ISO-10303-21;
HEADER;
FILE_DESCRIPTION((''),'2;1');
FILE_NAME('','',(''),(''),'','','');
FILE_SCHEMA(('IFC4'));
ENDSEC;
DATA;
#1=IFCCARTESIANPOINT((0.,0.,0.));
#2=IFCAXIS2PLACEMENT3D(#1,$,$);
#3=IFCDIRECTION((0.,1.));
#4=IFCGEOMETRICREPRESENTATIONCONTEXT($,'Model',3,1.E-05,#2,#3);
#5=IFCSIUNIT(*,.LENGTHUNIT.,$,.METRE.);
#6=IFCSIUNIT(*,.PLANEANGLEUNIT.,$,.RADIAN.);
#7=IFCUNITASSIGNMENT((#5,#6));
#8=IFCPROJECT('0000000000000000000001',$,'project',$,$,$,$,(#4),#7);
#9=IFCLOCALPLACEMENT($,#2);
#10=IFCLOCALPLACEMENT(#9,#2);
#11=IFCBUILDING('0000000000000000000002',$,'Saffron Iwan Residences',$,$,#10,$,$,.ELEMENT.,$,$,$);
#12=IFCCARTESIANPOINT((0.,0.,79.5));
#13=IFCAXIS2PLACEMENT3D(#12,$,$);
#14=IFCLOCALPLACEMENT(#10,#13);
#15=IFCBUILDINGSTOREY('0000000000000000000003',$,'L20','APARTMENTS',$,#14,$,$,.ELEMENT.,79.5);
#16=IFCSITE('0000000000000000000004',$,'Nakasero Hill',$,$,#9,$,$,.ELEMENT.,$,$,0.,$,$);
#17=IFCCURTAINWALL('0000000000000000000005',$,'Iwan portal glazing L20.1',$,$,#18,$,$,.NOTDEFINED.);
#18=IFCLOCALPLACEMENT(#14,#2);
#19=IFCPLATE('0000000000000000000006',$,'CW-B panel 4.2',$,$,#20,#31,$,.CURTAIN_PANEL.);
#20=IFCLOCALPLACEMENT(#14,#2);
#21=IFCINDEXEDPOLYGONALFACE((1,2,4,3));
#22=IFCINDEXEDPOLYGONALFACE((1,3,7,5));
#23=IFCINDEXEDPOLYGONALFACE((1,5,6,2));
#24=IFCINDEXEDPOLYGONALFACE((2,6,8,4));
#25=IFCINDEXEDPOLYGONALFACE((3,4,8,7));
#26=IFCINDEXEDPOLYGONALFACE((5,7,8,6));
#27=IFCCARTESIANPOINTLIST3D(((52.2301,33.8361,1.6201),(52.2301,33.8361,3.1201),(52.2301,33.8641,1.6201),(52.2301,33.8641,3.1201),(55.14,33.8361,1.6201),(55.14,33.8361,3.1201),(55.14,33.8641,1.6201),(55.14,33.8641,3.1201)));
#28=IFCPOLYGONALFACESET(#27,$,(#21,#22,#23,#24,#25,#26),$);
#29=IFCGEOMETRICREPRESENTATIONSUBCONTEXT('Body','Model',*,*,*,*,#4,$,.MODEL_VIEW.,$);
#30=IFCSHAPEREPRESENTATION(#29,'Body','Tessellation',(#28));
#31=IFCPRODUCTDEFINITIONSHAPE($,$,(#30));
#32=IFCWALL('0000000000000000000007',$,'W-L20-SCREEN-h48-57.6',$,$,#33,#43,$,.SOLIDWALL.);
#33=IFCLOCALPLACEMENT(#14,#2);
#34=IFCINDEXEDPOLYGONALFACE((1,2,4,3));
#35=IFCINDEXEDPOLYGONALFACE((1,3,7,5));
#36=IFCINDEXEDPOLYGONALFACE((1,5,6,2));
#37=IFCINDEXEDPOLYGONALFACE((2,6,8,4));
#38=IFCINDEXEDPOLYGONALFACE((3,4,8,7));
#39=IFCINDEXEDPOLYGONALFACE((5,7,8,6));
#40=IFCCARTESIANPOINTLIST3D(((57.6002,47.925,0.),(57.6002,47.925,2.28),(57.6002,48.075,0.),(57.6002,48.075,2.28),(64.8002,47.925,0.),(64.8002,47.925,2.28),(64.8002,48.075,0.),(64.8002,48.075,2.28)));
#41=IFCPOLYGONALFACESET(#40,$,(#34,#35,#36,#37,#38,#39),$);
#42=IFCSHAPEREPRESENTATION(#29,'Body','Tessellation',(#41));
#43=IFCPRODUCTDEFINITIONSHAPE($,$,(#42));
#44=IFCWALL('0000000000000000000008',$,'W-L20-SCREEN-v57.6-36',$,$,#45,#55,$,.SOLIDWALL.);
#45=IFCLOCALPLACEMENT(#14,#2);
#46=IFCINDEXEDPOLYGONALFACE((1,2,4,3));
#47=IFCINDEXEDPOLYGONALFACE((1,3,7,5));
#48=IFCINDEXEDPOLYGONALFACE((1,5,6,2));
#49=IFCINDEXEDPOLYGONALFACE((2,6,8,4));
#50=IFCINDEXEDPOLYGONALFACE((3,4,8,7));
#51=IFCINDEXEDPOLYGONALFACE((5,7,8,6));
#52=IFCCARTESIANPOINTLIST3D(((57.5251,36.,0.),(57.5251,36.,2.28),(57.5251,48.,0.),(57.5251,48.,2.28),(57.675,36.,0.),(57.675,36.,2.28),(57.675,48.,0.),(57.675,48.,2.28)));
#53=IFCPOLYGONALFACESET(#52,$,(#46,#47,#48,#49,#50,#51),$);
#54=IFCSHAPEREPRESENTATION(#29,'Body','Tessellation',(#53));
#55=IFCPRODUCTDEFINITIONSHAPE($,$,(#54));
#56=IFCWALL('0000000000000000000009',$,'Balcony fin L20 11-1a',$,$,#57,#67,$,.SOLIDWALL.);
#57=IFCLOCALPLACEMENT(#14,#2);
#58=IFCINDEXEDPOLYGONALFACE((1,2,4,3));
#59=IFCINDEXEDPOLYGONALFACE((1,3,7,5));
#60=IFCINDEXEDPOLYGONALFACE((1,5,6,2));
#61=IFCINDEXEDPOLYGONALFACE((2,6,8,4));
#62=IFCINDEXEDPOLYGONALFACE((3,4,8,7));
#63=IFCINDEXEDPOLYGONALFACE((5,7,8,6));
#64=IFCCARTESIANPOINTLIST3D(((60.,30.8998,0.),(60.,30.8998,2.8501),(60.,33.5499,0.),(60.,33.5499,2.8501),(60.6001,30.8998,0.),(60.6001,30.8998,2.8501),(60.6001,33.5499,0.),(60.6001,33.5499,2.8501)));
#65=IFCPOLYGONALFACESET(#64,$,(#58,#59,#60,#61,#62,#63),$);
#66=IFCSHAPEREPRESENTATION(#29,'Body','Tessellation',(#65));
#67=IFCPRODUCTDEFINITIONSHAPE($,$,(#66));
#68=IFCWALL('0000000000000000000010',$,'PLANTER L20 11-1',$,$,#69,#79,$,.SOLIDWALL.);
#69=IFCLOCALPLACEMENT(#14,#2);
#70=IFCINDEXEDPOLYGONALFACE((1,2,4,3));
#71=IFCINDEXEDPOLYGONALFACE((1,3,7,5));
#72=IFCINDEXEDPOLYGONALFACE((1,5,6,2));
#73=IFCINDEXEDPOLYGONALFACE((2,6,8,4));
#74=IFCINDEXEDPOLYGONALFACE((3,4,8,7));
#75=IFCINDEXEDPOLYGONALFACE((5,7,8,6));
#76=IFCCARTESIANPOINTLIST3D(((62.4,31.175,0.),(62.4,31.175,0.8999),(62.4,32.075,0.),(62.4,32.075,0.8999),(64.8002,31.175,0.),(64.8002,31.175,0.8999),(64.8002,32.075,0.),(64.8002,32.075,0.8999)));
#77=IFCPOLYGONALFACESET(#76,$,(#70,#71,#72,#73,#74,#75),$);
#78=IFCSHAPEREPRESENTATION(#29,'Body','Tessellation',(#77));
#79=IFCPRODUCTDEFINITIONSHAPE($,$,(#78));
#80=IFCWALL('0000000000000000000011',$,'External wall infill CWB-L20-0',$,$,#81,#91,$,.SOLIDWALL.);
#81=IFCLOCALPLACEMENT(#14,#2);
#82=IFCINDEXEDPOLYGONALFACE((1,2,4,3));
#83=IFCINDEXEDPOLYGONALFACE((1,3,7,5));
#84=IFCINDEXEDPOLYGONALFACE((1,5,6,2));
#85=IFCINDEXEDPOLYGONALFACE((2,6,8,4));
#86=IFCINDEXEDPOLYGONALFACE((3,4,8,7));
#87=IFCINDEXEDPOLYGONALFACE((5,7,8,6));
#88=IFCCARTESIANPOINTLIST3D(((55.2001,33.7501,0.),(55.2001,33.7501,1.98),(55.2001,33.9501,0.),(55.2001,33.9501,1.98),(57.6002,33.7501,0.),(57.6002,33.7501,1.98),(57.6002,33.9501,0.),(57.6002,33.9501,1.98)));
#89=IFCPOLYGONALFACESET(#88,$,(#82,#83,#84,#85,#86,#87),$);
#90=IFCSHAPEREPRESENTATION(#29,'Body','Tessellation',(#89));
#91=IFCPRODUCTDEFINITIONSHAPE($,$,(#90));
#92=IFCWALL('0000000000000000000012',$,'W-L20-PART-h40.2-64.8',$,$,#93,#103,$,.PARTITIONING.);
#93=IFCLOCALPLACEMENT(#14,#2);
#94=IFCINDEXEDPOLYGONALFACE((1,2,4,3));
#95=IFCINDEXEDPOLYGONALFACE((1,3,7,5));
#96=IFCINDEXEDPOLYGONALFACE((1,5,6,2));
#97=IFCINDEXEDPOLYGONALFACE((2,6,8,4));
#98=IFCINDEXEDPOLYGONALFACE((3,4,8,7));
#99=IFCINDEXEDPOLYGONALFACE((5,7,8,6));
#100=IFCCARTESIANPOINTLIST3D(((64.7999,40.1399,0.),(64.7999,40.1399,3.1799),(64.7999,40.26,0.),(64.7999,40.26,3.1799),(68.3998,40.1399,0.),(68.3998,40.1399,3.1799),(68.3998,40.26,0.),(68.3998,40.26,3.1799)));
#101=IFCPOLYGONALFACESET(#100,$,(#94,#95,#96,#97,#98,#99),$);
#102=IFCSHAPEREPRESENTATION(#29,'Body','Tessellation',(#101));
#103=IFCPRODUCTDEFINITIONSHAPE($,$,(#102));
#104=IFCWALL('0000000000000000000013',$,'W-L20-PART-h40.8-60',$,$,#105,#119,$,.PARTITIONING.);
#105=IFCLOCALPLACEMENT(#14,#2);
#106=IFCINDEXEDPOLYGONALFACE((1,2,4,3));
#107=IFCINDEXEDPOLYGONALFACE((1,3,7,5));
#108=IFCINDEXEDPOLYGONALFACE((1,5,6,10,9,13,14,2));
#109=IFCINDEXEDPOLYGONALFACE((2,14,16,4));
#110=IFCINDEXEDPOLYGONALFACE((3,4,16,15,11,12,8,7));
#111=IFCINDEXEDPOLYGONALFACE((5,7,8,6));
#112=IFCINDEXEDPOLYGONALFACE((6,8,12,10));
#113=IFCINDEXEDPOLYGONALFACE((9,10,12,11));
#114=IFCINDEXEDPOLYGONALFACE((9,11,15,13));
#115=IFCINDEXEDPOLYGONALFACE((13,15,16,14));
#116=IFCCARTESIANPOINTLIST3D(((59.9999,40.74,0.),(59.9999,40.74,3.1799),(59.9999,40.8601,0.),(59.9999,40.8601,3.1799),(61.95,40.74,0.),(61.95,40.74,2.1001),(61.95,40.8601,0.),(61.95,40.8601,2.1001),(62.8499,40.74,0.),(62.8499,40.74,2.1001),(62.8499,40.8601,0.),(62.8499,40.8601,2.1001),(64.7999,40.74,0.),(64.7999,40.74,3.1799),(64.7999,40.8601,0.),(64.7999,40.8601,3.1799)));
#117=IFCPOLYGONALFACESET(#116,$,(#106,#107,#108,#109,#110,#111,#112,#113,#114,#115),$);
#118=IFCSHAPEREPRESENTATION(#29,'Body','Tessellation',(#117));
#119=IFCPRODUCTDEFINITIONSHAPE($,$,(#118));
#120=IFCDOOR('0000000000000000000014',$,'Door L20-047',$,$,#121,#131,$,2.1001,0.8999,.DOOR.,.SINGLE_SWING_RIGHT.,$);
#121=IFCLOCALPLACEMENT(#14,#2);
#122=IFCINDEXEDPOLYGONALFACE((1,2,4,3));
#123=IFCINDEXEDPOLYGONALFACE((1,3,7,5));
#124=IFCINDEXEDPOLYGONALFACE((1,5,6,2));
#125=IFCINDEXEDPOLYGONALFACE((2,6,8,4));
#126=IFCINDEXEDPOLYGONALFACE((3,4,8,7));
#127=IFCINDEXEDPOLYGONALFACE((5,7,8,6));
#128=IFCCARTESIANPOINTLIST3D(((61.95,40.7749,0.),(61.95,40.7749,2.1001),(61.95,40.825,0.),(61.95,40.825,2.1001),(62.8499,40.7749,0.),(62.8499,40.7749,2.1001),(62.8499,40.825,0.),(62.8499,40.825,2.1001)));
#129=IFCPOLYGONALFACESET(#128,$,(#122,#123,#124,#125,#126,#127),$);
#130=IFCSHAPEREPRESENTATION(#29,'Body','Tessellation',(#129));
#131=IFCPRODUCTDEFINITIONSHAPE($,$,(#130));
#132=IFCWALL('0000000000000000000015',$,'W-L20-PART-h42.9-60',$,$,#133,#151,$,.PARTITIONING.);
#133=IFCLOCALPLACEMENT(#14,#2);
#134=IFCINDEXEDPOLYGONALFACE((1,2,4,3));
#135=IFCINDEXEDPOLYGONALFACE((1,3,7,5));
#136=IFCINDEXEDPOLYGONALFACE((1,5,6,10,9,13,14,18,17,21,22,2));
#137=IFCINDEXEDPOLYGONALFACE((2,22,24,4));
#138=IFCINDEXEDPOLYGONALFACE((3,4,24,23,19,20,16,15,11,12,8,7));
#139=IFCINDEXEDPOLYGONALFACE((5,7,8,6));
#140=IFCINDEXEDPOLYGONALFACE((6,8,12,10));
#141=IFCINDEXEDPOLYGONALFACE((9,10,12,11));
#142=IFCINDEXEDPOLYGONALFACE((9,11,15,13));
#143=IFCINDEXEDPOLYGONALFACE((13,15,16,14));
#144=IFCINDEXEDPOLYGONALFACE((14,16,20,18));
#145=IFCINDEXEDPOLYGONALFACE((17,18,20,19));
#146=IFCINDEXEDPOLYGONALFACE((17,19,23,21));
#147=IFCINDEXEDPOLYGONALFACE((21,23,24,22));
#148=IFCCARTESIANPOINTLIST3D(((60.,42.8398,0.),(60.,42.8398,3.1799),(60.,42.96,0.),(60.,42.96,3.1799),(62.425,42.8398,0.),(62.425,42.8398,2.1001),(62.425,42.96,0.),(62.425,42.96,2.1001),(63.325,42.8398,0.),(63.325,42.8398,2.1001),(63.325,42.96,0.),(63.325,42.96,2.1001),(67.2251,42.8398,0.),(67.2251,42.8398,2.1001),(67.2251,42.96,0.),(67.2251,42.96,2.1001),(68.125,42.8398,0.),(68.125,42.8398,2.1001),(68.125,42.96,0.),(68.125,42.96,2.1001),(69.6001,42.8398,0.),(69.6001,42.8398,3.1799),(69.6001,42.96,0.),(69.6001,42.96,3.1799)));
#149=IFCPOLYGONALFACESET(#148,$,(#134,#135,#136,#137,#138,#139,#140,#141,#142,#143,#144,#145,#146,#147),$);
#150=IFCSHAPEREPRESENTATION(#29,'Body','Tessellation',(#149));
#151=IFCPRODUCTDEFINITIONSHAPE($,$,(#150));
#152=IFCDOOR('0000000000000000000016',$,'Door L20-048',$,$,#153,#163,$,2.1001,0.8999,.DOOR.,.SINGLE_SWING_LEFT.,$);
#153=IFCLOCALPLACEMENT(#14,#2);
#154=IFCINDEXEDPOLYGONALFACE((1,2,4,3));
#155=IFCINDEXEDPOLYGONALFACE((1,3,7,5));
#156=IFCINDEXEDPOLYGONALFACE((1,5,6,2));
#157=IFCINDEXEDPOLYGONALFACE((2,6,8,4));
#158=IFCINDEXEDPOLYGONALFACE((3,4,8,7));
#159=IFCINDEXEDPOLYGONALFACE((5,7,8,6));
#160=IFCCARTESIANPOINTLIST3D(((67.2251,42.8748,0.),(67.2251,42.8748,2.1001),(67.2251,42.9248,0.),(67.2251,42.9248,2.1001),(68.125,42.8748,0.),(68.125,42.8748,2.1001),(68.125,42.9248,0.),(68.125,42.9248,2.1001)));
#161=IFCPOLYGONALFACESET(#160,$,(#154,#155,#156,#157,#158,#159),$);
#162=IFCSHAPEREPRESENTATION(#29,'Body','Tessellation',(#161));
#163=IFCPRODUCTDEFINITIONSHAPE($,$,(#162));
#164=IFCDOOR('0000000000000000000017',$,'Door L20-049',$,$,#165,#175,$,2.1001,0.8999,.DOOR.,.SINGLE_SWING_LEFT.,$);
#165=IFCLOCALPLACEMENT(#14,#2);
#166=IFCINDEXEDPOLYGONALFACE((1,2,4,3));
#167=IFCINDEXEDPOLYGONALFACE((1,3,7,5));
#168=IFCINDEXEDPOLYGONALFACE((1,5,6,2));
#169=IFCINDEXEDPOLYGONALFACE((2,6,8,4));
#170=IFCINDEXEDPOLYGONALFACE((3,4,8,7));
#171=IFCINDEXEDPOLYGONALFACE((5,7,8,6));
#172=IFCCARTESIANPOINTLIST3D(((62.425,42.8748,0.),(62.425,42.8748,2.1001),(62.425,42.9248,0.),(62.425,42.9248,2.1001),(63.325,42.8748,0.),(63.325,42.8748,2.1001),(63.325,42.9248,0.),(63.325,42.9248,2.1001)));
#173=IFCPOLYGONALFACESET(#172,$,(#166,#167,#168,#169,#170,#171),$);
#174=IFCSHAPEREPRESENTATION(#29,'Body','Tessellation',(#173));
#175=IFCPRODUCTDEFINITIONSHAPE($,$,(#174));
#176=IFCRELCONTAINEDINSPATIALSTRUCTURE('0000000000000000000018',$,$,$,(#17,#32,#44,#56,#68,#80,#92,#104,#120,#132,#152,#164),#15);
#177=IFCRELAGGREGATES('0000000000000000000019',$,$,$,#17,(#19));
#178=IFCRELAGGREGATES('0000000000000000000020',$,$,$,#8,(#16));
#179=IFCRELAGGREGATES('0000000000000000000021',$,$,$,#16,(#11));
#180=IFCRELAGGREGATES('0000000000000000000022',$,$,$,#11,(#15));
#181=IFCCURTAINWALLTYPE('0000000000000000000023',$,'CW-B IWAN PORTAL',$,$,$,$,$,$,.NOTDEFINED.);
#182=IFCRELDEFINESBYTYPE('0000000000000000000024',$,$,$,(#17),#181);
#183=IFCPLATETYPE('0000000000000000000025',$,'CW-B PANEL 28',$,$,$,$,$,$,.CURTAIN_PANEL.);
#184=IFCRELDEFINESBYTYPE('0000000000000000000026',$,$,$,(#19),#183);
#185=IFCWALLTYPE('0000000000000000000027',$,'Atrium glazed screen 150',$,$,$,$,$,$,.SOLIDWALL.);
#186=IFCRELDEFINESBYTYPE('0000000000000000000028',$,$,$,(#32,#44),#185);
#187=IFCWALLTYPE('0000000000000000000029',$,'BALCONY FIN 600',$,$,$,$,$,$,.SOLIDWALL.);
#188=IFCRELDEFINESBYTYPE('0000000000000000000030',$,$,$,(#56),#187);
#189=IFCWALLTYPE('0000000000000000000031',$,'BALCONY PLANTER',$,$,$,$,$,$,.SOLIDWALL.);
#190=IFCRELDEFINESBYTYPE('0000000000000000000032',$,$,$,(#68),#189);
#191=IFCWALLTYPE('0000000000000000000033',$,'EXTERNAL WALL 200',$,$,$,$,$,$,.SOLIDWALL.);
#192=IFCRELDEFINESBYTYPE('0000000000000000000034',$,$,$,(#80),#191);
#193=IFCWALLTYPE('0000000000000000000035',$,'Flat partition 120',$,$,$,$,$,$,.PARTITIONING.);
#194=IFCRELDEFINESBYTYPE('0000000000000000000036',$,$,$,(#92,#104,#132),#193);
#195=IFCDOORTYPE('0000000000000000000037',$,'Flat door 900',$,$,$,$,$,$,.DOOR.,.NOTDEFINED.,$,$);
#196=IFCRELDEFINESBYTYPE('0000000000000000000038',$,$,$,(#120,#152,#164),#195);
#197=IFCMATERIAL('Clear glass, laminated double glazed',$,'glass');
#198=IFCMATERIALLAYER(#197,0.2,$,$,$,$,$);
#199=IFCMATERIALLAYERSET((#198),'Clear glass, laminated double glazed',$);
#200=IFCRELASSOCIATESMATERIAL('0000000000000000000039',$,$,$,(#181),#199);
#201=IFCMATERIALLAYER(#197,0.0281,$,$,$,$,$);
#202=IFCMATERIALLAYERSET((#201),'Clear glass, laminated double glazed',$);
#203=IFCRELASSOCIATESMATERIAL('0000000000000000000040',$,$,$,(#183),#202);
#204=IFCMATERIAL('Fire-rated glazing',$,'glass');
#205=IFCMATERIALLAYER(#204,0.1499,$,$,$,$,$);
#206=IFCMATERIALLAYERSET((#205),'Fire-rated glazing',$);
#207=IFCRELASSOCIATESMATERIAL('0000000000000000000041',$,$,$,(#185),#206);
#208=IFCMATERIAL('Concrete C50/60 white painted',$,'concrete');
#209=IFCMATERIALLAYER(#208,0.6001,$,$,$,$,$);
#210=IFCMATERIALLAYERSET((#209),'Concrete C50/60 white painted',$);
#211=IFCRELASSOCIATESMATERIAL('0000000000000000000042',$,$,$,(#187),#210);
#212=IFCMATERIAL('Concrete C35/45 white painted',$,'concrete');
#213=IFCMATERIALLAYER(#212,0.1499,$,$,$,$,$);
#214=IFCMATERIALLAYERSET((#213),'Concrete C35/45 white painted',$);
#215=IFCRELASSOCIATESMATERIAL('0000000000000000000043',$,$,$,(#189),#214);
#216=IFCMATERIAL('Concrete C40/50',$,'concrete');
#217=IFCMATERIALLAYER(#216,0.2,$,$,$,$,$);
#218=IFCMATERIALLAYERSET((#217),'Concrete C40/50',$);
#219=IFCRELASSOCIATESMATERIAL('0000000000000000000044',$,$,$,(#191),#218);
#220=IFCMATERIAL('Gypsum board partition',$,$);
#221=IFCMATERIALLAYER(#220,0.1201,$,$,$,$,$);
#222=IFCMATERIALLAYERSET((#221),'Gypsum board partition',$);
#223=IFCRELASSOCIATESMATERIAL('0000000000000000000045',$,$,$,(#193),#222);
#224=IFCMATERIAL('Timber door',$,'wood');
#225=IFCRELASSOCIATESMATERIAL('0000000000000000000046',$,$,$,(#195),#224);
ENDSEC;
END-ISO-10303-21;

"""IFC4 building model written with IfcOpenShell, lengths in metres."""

from ifc_helpers import new_model, si_unit, direction, frame, frame_2d, origin, origin_2d, place, context, subcontext, project, spatial, rectangle, extrude, source, transform, mapped, material, layer, layer_set, type_object, element, fill, aggregate, save


model = new_model("IFC4")

# Units and contexts
model_context = context("Model", 3, precision=1e-05, world=origin(), true_north=direction((0.0, 1.0)))
body_context = subcontext(model_context, "Body", "Model", "MODEL_VIEW")
ifc_project = project(units=[si_unit("LENGTHUNIT", "METRE"), si_unit("PLANEANGLEUNIT", "RADIAN")], contexts=[model_context])

# Site, building, storey
site_placement = place(None, origin())
site = spatial("IfcSite", under=ifc_project, at=site_placement, Name="Nakasero Hill", CompositionType="ELEMENT", RefElevation=0.0)
building_placement = place(site_placement, origin())
building = spatial("IfcBuilding", under=site, at=building_placement, Name="Saffron Iwan Residences", CompositionType="ELEMENT")
storey_placement = place(building_placement, frame((0.0, 0.0, 79.5)))
storey = spatial("IfcBuildingStorey", under=building, at=storey_placement, Name="L20", Description="APARTMENTS", CompositionType="ELEMENT", Elevation=79.5)

# Curtain wall
ifc_material_1 = material(Name="Clear glass, laminated double glazed", Category="glass")
ifc_layer_1 = layer(ifc_material_1, 0.2)
ifc_layer_set_1 = layer_set([ifc_layer_1], Name="Clear glass, laminated double glazed")
curtain_wall_type = type_object("IfcCurtainWallType", Name="CW-B IWAN PORTAL", PredefinedType="NOTDEFINED", material=ifc_layer_set_1)
curtain_wall_placement = place(storey_placement, origin())
curtain_wall = element("IfcCurtainWall", 1, at=curtain_wall_placement, inside=storey, type_object=curtain_wall_type, Name="Iwan portal glazing L20.1", PredefinedType="NOTDEFINED")

# Shared definitions
ifc_material_2 = material(Name="Concrete C50/60 white painted", Category="concrete")

# Plate
ifc_layer_2 = layer(ifc_material_1, 0.0281)
ifc_layer_set_2 = layer_set([ifc_layer_2], Name="Clear glass, laminated double glazed")
plate_type = type_object("IfcPlateType", Name="CW-B PANEL 28", PredefinedType="CURTAIN_PANEL", material=ifc_layer_set_2)
shared_shape_1 = source(origin(), body_context, "Body", "SweptSolid", [
    extrude(rectangle(XDim=2.9099, YDim=0.0281, at=origin_2d()), origin(), (0.0, 0.0, 1.0), 1.5),
])
plate_1_placement = place(storey_placement, frame((53.6851, 33.8501, 1.6201), z_axis=(0.0, 0.0, 1.0), x_axis=(1.0, 0.0, 0.0)))
plate_1 = element("IfcPlate", 2, at=plate_1_placement, type_object=plate_type, Name="CW-B panel 4.2", PredefinedType="CURTAIN_PANEL", context=body_context, shape_type="MappedRepresentation", body=[
    mapped(shared_shape_1, transform((0.0, 0.0, 0.0))),
])
aggregate(curtain_wall, [plate_1])

# Walls
ifc_material_3 = material(Name="Fire-rated glazing", Category="glass")
ifc_layer_3 = layer(ifc_material_3, 0.1499)
ifc_layer_set_3 = layer_set([ifc_layer_3], Name="Fire-rated glazing")
wall_type_1 = type_object("IfcWallType", Name="Atrium glazed screen 150", PredefinedType="SOLIDWALL", material=ifc_layer_set_3)
wall_1_placement = place(storey_placement, frame((57.6001, 48.0, 0.0), z_axis=(0.0, 0.0, 1.0), x_axis=(1.0, 0.0, 0.0)))
element("IfcWall", 3, at=wall_1_placement, inside=storey, type_object=wall_type_1, Name="W-L20-SCREEN-h48-57.6", PredefinedType="SOLIDWALL", context=body_context, shape_type="SweptSolid", body=[
    extrude(rectangle(XDim=7.2, YDim=0.1499, at=frame_2d((3.6001, 0.0))), origin(), (0.0, 0.0, 1.0), 2.28),
])
wall_2_placement = place(storey_placement, frame((57.6001, 36.0, 0.0), z_axis=(0.0, 0.0, 1.0), x_axis=(0.0, 1.0, 0.0)))
element("IfcWall", 4, at=wall_2_placement, inside=storey, type_object=wall_type_1, Name="W-L20-SCREEN-v57.6-36", PredefinedType="SOLIDWALL", context=body_context, shape_type="SweptSolid", body=[
    extrude(rectangle(XDim=12.0, YDim=0.1499, at=frame_2d((6.0, 0.0))), origin(), (0.0, 0.0, 1.0), 2.28),
])
ifc_layer_4 = layer(ifc_material_2, 0.6001)
ifc_layer_set_4 = layer_set([ifc_layer_4], Name="Concrete C50/60 white painted")
wall_type_2 = type_object("IfcWallType", Name="BALCONY FIN 600", PredefinedType="SOLIDWALL", material=ifc_layer_set_4)
wall_3_placement = place(storey_placement, frame((60.3, 33.55, 0.0), z_axis=(0.0, 0.0, 1.0), x_axis=(0.0, -1.0, 0.0)))
element("IfcWall", 5, at=wall_3_placement, inside=storey, type_object=wall_type_2, Name="Balcony fin L20 11-1a", PredefinedType="SOLIDWALL", context=body_context, shape_type="SweptSolid", body=[
    extrude(rectangle(XDim=2.6501, YDim=0.6001, at=frame_2d((1.3252, 0.0))), origin(), (0.0, 0.0, 1.0), 2.8501),
])
ifc_material_4 = material(Name="Concrete C35/45 white painted", Category="concrete")
ifc_layer_5 = layer(ifc_material_4, 0.1499)
ifc_layer_set_5 = layer_set([ifc_layer_5], Name="Concrete C35/45 white painted")
wall_type_3 = type_object("IfcWallType", Name="BALCONY PLANTER", PredefinedType="SOLIDWALL", material=ifc_layer_set_5)
wall_4_placement = place(storey_placement, frame((62.3999, 31.625, 0.0), z_axis=(0.0, 0.0, 1.0), x_axis=(1.0, 0.0, 0.0)))
element("IfcWall", 6, at=wall_4_placement, inside=storey, type_object=wall_type_3, Name="PLANTER L20 11-1", PredefinedType="SOLIDWALL", context=body_context, shape_type="SweptSolid", body=[
    extrude(rectangle(XDim=2.4001, YDim=0.8999, at=frame_2d((1.2002, 0.0))), origin(), (0.0, 0.0, 1.0), 0.8999),
])

# Shared definitions
ifc_material_5 = material(Name="Concrete C40/50", Category="concrete")
ifc_layer_6 = layer(ifc_material_5, 0.2)
ifc_layer_set_6 = layer_set([ifc_layer_6], Name="Concrete C40/50")
wall_type_4 = type_object("IfcWallType", Name="EXTERNAL WALL 200", PredefinedType="SOLIDWALL", material=ifc_layer_set_6)

# Walls
wall_5_placement = place(storey_placement, frame((55.2, 33.8501, 0.0), z_axis=(0.0, 0.0, 1.0), x_axis=(1.0, 0.0, 0.0)))
element("IfcWall", 7, at=wall_5_placement, inside=storey, type_object=wall_type_4, Name="External wall infill CWB-L20-0", PredefinedType="SOLIDWALL", context=body_context, shape_type="SweptSolid", body=[
    extrude(rectangle(XDim=2.4001, YDim=0.2, at=frame_2d((1.2002, 0.0))), origin(), (0.0, 0.0, 1.0), 1.98),
])
ifc_material_6 = material(Name="Gypsum board partition")
ifc_layer_7 = layer(ifc_material_6, 0.1201)
ifc_layer_set_7 = layer_set([ifc_layer_7], Name="Gypsum board partition")
wall_type_5 = type_object("IfcWallType", Name="Flat partition 120", PredefinedType="PARTITIONING", material=ifc_layer_set_7)
wall_6_placement = place(storey_placement, frame((64.8, 40.2, 0.0), z_axis=(0.0, 0.0, 1.0), x_axis=(1.0, 0.0, 0.0)))
element("IfcWall", 8, at=wall_6_placement, inside=storey, type_object=wall_type_5, Name="W-L20-PART-h40.2-64.8", PredefinedType="PARTITIONING", context=body_context, shape_type="SweptSolid", body=[
    extrude(rectangle(XDim=3.5999, YDim=0.1201, at=frame_2d((1.7998, 0.0))), origin(), (0.0, 0.0, 1.0), 3.1799),
])

# Wall, opening, door
wall_7_placement = place(storey_placement, frame((60.0, 40.8, 0.0), z_axis=(0.0, 0.0, 1.0), x_axis=(1.0, 0.0, 0.0)))
wall_7 = element("IfcWall", 9, at=wall_7_placement, inside=storey, type_object=wall_type_5, Name="W-L20-PART-h40.8-60", PredefinedType="PARTITIONING", context=body_context, shape_type="SweptSolid", body=[
    extrude(rectangle(XDim=4.8, YDim=0.1201, at=frame_2d((2.3999, 0.0))), origin(), (0.0, 0.0, 1.0), 3.1799),
])
opening_1_placement = place(wall_7_placement, frame((1.95, 0.0, 0.0)))
opening_1 = element("IfcOpeningElement", 10, at=opening_1_placement, cuts=wall_7, PredefinedType="OPENING", context=body_context, shape_type="SweptSolid", body=[
    extrude(rectangle(XDim=0.8999, YDim=2.1001, at=frame_2d((0.45, 1.05))), frame((0.0, 0.0701, 0.0), z_axis=(0.0, -1.0, 0.0), x_axis=(1.0, 0.0, 0.0)), (0.0, 0.0, 1.0), 0.1401),
])
ifc_material_7 = material(Name="Timber door", Category="wood")
door_type_1 = type_object("IfcDoorType", Name="Flat door 900", OperationType="NOTDEFINED", PredefinedType="DOOR", material=ifc_material_7)
door_1_placement = place(opening_1_placement, origin())
door_1 = element("IfcDoor", 11, at=door_1_placement, inside=storey, type_object=door_type_1, Name="Door L20-047", OperationType="SINGLE_SWING_RIGHT", OverallHeight=2.1001, OverallWidth=0.8999, PredefinedType="DOOR", context=body_context, shape_type="SweptSolid", body=[
    extrude(rectangle(XDim=0.8999, YDim=2.1001, at=frame_2d((0.45, 1.05))), frame((0.0, 0.0249, 0.0), z_axis=(0.0, -1.0, 0.0), x_axis=(1.0, 0.0, 0.0)), (0.0, 0.0, 1.0), 0.05),
])
fill(opening_1, door_1)

# Wall, openings, doors
wall_8_placement = place(storey_placement, frame((60.0, 42.8999, 0.0), z_axis=(0.0, 0.0, 1.0), x_axis=(1.0, 0.0, 0.0)))
wall_8 = element("IfcWall", 12, at=wall_8_placement, inside=storey, type_object=wall_type_5, Name="W-L20-PART-h42.9-60", PredefinedType="PARTITIONING", context=body_context, shape_type="SweptSolid", body=[
    extrude(rectangle(XDim=9.6001, YDim=0.1201, at=frame_2d((4.8, 0.0))), origin(), (0.0, 0.0, 1.0), 3.1799),
])
opening_2_placement = place(wall_8_placement, frame((7.2251, 0.0, 0.0)))
opening_2 = element("IfcOpeningElement", 13, at=opening_2_placement, cuts=wall_8, PredefinedType="OPENING", context=body_context, shape_type="SweptSolid", body=[
    extrude(rectangle(XDim=0.8999, YDim=2.1001, at=frame_2d((0.45, 1.05))), frame((0.0, 0.0701, 0.0), z_axis=(0.0, -1.0, 0.0), x_axis=(1.0, 0.0, 0.0)), (0.0, 0.0, 1.0), 0.1401),
])
opening_3_placement = place(wall_8_placement, frame((2.425, 0.0, 0.0)))
opening_3 = element("IfcOpeningElement", 14, at=opening_3_placement, cuts=wall_8, PredefinedType="OPENING", context=body_context, shape_type="SweptSolid", body=[
    extrude(rectangle(XDim=0.8999, YDim=2.1001, at=frame_2d((0.45, 1.05))), frame((0.0, 0.0701, 0.0), z_axis=(0.0, -1.0, 0.0), x_axis=(1.0, 0.0, 0.0)), (0.0, 0.0, 1.0), 0.1401),
])
door_2_placement = place(opening_2_placement, origin())
door_2 = element("IfcDoor", 15, at=door_2_placement, inside=storey, type_object=door_type_1, Name="Door L20-048", OperationType="SINGLE_SWING_LEFT", OverallHeight=2.1001, OverallWidth=0.8999, PredefinedType="DOOR", context=body_context, shape_type="SweptSolid", body=[
    extrude(rectangle(XDim=0.8999, YDim=2.1001, at=frame_2d((0.45, 1.05))), frame((0.0, 0.0249, 0.0), z_axis=(0.0, -1.0, 0.0), x_axis=(1.0, 0.0, 0.0)), (0.0, 0.0, 1.0), 0.05),
])
fill(opening_2, door_2)
door_3_placement = place(opening_3_placement, origin())
door_3 = element("IfcDoor", 16, at=door_3_placement, inside=storey, type_object=door_type_1, Name="Door L20-049", OperationType="SINGLE_SWING_LEFT", OverallHeight=2.1001, OverallWidth=0.8999, PredefinedType="DOOR", context=body_context, shape_type="SweptSolid", body=[
    extrude(rectangle(XDim=0.8999, YDim=2.1001, at=frame_2d((0.45, 1.05))), frame((0.0, 0.0249, 0.0), z_axis=(0.0, -1.0, 0.0), x_axis=(1.0, 0.0, 0.0)), (0.0, 0.0, 1.0), 0.05),
])
fill(opening_3, door_3)

save(model, "model.ifc")
